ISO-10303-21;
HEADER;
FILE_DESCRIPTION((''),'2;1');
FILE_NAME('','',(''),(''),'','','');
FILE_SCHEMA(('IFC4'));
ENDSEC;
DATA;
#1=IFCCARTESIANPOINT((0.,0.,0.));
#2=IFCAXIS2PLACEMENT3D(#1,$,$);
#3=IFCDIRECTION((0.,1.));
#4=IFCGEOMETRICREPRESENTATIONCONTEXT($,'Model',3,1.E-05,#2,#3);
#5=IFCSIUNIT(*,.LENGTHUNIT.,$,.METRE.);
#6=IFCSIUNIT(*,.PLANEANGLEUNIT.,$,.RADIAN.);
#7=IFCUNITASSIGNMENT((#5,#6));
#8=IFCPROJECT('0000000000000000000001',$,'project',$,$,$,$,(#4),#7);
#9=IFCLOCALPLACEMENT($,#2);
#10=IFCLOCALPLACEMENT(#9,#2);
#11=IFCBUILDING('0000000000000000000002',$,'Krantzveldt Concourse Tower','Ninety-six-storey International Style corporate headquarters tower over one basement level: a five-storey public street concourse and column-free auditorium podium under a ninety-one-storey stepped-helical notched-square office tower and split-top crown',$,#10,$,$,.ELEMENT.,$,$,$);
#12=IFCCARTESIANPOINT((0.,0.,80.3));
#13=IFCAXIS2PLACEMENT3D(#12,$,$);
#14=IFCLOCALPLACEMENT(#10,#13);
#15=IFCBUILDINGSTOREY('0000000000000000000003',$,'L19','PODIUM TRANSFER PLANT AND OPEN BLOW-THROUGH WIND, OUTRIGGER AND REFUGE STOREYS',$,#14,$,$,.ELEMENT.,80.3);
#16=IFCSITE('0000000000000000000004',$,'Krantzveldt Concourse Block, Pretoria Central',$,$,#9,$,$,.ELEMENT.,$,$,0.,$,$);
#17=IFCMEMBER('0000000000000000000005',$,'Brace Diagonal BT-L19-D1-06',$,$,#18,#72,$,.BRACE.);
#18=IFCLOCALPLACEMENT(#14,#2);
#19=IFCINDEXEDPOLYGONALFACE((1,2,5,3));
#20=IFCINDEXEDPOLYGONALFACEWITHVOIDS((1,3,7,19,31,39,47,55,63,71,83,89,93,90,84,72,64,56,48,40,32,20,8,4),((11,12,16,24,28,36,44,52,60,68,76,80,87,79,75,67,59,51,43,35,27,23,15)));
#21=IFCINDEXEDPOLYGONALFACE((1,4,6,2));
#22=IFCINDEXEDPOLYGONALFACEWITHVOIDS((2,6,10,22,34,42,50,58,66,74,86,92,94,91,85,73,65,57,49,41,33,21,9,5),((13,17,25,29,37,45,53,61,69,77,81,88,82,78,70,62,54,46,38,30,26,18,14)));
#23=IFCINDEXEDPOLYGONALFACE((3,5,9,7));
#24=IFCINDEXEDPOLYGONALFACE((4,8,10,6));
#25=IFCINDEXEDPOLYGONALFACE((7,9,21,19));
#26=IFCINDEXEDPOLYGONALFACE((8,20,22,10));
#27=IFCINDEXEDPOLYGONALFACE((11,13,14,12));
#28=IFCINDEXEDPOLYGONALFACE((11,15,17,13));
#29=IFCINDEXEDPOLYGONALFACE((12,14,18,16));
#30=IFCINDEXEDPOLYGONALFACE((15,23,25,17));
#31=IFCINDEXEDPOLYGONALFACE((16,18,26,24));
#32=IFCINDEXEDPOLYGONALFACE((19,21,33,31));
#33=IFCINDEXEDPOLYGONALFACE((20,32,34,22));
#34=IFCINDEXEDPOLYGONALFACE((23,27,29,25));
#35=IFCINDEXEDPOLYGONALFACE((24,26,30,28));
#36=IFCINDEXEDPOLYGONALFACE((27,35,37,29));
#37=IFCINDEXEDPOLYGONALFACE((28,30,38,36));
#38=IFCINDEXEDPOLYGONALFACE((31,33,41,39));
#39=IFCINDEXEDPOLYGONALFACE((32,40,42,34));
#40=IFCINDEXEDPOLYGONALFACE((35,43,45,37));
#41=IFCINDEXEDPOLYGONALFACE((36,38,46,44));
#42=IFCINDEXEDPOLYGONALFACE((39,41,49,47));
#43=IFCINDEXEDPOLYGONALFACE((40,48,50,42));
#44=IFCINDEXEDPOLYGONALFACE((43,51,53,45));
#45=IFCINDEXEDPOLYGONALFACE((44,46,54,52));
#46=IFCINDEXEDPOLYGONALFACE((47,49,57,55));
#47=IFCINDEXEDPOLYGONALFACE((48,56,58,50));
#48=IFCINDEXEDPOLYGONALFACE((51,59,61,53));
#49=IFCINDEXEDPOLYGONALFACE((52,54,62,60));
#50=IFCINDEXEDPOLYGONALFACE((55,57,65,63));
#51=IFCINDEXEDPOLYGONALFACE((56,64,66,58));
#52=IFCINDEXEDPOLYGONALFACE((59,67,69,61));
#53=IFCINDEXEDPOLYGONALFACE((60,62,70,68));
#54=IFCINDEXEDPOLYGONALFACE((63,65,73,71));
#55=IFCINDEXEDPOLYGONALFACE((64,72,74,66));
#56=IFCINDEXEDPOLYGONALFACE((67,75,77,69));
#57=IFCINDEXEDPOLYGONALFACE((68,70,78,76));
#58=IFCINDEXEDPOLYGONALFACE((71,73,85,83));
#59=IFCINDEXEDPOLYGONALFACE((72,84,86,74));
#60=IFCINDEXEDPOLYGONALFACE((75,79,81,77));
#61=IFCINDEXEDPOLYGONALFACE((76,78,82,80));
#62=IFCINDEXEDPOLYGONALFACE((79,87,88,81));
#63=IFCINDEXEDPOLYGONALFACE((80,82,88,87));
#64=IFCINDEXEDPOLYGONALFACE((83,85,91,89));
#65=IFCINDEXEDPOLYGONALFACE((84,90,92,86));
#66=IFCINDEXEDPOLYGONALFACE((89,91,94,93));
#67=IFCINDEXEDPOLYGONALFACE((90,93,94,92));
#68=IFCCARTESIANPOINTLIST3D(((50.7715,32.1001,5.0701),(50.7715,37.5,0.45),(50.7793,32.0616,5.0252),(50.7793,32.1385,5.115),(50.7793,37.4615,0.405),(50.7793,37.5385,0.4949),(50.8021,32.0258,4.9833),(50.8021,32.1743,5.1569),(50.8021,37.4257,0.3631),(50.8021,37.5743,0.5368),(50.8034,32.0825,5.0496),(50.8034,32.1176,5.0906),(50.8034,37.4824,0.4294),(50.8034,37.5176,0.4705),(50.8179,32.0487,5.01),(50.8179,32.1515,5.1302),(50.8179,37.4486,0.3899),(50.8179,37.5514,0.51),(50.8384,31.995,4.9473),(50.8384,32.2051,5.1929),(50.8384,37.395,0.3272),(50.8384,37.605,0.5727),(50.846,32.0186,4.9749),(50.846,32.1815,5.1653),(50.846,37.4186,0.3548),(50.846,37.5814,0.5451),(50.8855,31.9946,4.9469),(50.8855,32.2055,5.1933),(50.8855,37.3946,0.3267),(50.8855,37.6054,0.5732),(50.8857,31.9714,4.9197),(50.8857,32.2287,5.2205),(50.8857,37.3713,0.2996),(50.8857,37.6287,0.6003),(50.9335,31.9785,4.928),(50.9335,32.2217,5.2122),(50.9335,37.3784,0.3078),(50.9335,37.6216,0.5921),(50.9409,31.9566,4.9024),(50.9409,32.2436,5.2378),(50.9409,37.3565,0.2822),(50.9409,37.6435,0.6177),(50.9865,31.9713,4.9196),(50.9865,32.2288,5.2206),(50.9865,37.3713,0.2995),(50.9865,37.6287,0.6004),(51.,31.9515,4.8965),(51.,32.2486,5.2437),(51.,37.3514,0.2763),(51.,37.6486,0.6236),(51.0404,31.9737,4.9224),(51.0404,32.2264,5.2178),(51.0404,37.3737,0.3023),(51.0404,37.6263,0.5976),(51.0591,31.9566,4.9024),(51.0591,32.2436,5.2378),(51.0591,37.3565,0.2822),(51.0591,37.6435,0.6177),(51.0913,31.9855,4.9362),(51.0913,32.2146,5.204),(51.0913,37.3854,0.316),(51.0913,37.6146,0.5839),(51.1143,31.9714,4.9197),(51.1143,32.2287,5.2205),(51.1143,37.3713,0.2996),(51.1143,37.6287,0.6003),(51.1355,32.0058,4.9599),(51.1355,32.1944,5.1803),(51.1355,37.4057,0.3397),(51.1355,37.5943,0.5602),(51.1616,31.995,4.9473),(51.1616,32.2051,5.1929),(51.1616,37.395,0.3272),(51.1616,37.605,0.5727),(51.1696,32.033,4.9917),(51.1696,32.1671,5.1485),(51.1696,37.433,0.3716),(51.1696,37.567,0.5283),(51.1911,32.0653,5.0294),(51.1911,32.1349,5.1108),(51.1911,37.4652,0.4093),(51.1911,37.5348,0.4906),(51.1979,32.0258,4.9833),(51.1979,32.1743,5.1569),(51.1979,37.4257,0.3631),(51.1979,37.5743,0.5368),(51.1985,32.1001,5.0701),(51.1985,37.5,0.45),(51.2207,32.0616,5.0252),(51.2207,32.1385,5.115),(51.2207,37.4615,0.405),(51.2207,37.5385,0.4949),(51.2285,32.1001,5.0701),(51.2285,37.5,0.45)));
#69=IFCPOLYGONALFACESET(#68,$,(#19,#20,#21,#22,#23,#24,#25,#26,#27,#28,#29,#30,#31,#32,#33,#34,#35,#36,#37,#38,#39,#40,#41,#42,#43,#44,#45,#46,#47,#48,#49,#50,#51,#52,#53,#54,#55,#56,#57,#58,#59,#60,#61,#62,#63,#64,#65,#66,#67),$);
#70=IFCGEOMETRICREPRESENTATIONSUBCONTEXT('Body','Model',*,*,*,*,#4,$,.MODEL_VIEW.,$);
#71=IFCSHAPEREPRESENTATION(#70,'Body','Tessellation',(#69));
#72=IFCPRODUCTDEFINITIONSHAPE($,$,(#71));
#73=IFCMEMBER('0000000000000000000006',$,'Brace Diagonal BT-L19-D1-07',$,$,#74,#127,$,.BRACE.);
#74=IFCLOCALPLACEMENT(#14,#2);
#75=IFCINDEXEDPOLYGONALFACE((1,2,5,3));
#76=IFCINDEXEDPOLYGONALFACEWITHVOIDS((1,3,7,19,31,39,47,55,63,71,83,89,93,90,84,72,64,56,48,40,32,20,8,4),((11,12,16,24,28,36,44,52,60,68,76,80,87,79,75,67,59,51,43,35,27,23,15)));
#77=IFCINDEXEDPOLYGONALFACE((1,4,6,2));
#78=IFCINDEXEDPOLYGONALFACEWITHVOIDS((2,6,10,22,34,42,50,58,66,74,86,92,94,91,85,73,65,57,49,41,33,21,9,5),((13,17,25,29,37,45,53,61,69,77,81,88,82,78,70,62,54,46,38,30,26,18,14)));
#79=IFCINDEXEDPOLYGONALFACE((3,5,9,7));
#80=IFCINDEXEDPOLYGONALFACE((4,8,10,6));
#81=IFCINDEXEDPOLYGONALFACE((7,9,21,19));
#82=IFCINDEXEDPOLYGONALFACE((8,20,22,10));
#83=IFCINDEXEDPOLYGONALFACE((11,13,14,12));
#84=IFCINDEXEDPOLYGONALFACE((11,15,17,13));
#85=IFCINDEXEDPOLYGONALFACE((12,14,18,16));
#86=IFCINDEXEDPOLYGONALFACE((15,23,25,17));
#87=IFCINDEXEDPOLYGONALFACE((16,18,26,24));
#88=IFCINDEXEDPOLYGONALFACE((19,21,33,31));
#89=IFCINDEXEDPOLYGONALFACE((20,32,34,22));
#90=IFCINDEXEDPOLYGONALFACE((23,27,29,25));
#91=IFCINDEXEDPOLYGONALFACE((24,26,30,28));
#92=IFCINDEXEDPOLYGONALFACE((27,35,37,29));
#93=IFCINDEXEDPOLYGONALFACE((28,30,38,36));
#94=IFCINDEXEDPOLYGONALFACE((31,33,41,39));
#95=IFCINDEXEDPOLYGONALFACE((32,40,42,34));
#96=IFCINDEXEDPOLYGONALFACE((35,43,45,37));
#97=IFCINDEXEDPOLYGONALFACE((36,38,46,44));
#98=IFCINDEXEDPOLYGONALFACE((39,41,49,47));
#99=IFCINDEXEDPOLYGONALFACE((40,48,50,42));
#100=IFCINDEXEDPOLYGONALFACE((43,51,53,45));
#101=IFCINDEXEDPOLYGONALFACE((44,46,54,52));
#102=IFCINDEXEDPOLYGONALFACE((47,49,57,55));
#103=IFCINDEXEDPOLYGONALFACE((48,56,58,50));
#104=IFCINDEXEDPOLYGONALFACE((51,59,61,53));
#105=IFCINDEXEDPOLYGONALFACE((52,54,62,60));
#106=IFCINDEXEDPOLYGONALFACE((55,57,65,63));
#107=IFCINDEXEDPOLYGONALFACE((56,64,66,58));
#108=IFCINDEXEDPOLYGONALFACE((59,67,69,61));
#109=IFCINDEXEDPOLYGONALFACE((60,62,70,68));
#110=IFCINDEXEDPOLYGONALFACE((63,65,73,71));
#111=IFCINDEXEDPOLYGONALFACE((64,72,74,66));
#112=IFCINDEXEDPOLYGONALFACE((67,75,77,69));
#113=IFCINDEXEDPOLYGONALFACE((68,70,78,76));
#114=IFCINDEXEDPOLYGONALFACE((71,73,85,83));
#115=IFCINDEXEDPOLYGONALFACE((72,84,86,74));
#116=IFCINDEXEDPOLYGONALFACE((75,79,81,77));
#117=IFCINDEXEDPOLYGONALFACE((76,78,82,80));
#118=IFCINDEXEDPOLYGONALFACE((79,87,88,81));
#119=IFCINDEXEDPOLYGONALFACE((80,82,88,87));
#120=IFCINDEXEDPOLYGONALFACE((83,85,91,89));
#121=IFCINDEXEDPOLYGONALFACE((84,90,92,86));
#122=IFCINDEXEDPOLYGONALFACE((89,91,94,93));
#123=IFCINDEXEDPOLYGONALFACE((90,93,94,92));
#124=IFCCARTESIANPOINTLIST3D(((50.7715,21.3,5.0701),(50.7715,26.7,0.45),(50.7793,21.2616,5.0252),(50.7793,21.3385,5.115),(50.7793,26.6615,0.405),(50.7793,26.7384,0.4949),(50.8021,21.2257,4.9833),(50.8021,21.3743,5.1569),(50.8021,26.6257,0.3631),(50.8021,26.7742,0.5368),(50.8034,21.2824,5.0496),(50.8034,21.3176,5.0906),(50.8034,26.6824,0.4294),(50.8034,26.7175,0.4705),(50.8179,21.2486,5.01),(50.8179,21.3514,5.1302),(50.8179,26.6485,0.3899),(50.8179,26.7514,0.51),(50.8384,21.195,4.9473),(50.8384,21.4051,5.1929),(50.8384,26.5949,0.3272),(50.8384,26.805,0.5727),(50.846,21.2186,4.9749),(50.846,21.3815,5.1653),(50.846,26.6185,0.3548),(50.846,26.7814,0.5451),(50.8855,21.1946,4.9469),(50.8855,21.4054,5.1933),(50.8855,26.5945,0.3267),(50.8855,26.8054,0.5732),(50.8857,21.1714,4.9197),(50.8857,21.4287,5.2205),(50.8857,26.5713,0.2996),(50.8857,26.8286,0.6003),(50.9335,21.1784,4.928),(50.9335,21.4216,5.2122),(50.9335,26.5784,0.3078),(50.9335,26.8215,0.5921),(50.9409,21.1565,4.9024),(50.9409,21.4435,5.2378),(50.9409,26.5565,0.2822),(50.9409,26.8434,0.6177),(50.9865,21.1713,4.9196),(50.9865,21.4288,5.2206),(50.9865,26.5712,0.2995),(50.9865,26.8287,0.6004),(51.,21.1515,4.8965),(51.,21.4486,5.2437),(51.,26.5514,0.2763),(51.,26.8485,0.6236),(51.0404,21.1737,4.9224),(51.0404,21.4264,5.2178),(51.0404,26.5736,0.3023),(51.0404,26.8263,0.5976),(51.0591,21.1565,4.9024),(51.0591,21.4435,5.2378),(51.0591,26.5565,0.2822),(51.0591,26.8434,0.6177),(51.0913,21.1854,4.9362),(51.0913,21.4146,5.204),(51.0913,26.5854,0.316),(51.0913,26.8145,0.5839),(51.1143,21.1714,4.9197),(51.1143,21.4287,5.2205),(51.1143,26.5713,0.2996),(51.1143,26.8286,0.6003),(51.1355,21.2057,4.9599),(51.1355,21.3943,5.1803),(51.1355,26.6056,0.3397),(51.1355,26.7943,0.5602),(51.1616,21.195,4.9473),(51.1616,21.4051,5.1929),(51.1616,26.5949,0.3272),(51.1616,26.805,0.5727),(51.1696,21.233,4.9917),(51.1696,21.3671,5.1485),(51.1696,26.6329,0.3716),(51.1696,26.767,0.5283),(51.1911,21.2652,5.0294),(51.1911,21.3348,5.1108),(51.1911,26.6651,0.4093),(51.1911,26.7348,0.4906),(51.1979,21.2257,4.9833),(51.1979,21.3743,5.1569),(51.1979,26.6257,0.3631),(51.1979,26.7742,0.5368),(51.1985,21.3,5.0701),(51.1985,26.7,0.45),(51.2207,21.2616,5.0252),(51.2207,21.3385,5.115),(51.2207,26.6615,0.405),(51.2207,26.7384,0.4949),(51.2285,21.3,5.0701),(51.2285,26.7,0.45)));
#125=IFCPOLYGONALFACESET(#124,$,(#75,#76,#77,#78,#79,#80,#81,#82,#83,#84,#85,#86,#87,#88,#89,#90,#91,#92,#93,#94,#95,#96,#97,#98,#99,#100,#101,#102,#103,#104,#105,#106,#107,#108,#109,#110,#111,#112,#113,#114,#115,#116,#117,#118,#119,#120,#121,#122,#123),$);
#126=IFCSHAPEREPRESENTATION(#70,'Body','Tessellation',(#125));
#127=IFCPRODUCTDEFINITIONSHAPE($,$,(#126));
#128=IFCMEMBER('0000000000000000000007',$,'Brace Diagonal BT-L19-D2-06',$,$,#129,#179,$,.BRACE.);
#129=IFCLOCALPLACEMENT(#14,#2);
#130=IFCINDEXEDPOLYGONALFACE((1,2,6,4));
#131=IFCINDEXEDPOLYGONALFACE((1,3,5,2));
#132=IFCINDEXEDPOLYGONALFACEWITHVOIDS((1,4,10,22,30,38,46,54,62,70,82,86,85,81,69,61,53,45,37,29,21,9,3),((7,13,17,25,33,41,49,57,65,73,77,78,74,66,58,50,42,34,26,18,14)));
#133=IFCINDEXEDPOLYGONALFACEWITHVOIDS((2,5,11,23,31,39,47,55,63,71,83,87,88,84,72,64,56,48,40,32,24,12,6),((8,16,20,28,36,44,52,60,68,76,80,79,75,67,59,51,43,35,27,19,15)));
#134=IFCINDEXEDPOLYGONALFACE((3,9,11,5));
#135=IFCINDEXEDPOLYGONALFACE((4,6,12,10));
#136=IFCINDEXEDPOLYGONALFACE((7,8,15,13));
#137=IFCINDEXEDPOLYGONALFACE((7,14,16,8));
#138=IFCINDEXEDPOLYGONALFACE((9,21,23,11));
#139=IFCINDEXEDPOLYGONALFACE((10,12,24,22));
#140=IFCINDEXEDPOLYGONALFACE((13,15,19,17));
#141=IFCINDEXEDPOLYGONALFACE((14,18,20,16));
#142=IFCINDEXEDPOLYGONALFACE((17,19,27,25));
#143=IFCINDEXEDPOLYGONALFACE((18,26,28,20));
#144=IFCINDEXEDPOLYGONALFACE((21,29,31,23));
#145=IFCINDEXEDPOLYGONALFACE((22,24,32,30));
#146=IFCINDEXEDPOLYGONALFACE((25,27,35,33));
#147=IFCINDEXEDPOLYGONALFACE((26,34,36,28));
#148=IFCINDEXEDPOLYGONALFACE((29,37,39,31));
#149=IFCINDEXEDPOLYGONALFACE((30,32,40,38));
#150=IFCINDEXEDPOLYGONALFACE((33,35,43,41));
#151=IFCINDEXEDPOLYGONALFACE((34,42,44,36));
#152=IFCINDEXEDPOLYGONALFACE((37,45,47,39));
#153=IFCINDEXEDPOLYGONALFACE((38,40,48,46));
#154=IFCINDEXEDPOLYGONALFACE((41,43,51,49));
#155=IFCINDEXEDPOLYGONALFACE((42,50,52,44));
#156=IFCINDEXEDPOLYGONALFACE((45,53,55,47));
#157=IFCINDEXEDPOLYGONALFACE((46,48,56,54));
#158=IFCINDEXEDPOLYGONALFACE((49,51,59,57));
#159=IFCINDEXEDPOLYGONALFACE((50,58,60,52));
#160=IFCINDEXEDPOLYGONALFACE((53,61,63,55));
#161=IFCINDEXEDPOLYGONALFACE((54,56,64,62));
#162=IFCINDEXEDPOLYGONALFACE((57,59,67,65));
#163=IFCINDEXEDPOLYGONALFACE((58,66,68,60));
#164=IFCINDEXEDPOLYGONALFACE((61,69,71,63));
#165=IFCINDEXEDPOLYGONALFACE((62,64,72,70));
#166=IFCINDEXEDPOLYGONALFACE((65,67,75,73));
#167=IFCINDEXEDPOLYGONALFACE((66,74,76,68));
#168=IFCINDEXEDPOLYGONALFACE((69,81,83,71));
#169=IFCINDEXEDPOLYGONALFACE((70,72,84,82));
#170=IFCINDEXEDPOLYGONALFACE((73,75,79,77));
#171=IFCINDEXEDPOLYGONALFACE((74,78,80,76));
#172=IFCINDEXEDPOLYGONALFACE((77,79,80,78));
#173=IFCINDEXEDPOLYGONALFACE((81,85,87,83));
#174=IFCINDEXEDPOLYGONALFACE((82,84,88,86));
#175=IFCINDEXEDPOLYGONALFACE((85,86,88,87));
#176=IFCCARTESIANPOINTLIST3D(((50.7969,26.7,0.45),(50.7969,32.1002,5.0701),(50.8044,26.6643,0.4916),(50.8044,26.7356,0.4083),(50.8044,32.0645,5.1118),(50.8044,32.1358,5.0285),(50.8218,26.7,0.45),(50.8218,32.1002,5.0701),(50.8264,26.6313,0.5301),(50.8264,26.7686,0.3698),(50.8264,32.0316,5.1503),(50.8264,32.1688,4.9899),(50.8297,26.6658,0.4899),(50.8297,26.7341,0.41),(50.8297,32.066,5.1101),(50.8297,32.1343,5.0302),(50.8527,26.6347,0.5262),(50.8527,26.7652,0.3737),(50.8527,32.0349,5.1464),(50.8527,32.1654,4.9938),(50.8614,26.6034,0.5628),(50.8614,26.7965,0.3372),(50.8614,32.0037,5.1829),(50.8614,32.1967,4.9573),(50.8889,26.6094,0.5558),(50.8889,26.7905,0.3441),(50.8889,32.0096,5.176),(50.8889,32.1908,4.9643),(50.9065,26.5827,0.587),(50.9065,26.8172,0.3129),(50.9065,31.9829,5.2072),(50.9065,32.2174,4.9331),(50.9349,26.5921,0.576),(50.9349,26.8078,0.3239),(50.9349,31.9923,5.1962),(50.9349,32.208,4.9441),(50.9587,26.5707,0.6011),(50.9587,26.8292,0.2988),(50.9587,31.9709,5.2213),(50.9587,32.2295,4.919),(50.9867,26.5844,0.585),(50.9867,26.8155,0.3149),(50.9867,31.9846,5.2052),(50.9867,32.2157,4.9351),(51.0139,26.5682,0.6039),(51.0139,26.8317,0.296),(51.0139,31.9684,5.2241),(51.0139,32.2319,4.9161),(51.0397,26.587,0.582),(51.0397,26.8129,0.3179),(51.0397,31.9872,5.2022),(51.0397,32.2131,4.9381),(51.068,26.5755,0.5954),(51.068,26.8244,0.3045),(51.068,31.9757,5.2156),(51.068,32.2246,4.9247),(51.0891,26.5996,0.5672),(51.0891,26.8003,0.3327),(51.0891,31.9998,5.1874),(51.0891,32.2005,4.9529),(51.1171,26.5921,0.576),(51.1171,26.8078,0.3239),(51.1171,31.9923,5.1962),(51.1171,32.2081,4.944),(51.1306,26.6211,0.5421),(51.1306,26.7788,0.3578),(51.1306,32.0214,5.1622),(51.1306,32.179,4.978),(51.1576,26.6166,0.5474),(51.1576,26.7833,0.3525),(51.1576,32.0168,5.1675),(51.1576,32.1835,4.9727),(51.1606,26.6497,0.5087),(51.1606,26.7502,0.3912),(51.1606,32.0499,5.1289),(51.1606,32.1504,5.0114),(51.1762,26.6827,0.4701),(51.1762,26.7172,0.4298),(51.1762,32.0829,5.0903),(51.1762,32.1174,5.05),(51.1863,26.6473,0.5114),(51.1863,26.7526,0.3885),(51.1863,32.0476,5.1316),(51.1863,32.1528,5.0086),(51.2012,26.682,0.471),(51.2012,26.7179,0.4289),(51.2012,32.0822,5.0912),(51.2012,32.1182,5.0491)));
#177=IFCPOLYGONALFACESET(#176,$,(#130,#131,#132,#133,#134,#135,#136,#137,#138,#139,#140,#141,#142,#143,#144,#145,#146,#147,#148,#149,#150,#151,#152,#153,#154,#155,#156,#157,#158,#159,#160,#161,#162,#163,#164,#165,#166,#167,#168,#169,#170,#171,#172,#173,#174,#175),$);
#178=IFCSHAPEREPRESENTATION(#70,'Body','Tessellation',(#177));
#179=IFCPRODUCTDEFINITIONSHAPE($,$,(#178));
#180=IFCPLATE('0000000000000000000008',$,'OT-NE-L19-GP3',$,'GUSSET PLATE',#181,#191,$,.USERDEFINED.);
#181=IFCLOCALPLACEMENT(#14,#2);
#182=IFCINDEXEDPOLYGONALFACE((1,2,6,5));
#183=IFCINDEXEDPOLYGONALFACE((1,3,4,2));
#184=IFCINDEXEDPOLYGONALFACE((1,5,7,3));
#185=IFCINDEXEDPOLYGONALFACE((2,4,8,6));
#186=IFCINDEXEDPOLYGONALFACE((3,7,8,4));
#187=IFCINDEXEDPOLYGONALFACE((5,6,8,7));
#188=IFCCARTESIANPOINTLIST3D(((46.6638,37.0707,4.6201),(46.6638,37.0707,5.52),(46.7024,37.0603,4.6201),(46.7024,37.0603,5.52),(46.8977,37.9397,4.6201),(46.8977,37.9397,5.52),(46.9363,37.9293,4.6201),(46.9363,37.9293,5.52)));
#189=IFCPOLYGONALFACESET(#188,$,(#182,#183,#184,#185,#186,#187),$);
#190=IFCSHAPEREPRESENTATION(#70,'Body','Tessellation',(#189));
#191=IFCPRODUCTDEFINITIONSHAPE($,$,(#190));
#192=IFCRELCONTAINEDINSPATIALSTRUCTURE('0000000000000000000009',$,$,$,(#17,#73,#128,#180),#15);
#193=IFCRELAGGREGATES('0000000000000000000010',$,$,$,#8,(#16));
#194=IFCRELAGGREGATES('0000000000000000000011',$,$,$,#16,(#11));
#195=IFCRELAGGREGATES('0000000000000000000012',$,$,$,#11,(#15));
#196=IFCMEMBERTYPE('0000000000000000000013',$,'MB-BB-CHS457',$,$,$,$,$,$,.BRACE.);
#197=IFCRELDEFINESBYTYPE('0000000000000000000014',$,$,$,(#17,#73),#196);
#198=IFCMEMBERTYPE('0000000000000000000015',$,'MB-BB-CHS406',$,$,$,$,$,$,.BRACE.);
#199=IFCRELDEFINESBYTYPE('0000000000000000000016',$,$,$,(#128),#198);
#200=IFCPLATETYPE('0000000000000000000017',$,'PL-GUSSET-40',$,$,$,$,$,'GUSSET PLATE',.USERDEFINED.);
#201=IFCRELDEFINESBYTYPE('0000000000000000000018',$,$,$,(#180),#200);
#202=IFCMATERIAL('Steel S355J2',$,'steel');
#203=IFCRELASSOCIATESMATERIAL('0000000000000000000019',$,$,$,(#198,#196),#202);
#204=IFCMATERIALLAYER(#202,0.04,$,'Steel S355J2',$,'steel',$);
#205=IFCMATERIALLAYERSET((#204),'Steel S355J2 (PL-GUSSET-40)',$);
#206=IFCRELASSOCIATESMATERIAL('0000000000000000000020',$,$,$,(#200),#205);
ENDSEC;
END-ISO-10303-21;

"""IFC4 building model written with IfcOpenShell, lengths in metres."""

from ifc_helpers import new_model, si_unit, direction, frame, origin, origin_2d, place, context, subcontext, project, spatial, rectangle, hollow_circle, extrude, source, transform, mapped, material, layer, layer_set, material_profile, profile_set, type_object, type_shapes, element, save


model = new_model("IFC4")

# Units and contexts
model_context = context("Model", 3, precision=1e-05, world=origin(), true_north=direction((0.0, 1.0)))
body_context = subcontext(model_context, "Body", "Model", "MODEL_VIEW")
ifc_project = project(units=[si_unit("LENGTHUNIT", "METRE"), si_unit("PLANEANGLEUNIT", "RADIAN")], contexts=[model_context])

# Site, building, storey
site_placement = place(None, origin())
site = spatial("IfcSite", under=ifc_project, at=site_placement, Name="Krantzveldt Concourse Block, Pretoria Central", CompositionType="ELEMENT", RefElevation=0.0)
building_placement = place(site_placement, origin())
building = spatial("IfcBuilding", under=site, at=building_placement, Name="Krantzveldt Concourse Tower", Description="Ninety-six-storey International Style corporate headquarters tower over one basement level: a five-storey public street concourse and column-free auditorium podium under a ninety-one-storey stepped-helical notched-square office tower and split-top crown", CompositionType="ELEMENT")
storey_placement = place(building_placement, frame((0.0, 0.0, 80.3)))
storey = spatial("IfcBuildingStorey", under=building, at=storey_placement, Name="L19", Description="PODIUM TRANSFER PLANT AND OPEN BLOW-THROUGH WIND, OUTRIGGER AND REFUGE STOREYS", CompositionType="ELEMENT", Elevation=80.3)

# Members
ifc_material_1 = material(Name="Steel S355J2", Category="steel")
ifc_material_profile_1 = material_profile(ifc_material_1, hollow_circle(Radius=0.2031, WallThickness=0.0249, at=origin_2d()), Name="Steel S355J2", Category="steel")
ifc_profile_set_1 = profile_set([ifc_material_profile_1], Name="Steel S355J2 - CHS 406.4x25")
member_type_1 = type_object("IfcMemberType", Name="MB-BB-CHS406", PredefinedType="BRACE", material=ifc_profile_set_1)
ifc_material_profile_2 = material_profile(ifc_material_1, hollow_circle(Radius=0.2285, WallThickness=0.03, at=origin_2d()), Name="Steel S355J2", Category="steel")
ifc_profile_set_2 = profile_set([ifc_material_profile_2], Name="Steel S355J2 - CHS 457x30")
member_type_2 = type_object("IfcMemberType", Name="MB-BB-CHS457", PredefinedType="BRACE", material=ifc_profile_set_2)
shared_shape_1 = source(origin(), body_context, "Body", "SweptSolid", [
    extrude(hollow_circle(Radius=0.2285, WallThickness=0.03, at=origin_2d()), origin(), (0.0, 0.0, 1.0), 7.1067),
])
type_shapes(member_type_2, [shared_shape_1])
for number, where, z_axis, x_axis, name in (
    (1, (51.0, 37.5, 0.45), (0.0, -0.759838, 0.650112), (1.0, 0.0, 0.0), "Brace Diagonal BT-L19-D1-06"),
    (2, (51.0, 26.7, 0.45), (0.0, -0.759838, 0.650112), (1.0, 0.0, 0.0), "Brace Diagonal BT-L19-D1-07"),
):
    element("IfcMember", number, at=place(storey_placement, frame(where, z_axis=z_axis, x_axis=x_axis)), inside=storey, type_object=member_type_2, Name=name, PredefinedType="BRACE", context=body_context, shape_type="MappedRepresentation", body=[
        mapped(shared_shape_1, transform((0.0, 0.0, 0.0), x_axis=(1.0, 0.0, 0.0), y_axis=(0.0, 1.0, 0.0), z_axis=(0.0, 0.0, 1.0), scale=1.0)),
    ])
shared_shape_2 = source(origin(), body_context, "Body", "SweptSolid", [
    extrude(hollow_circle(Radius=0.2031, WallThickness=0.0249, at=origin_2d()), origin(), (0.0, 0.0, 1.0), 7.1069),
])
member_1_placement = place(storey_placement, frame((51.0, 26.7, 0.45), z_axis=(0.0, 0.759853, 0.650095), x_axis=(-1.0, 0.0, 0.0)))
element("IfcMember", 3, at=member_1_placement, inside=storey, type_object=member_type_1, Name="Brace Diagonal BT-L19-D2-06", PredefinedType="BRACE", context=body_context, shape_type="MappedRepresentation", body=[
    mapped(shared_shape_2, transform((0.0, 0.0, 0.0), x_axis=(1.0, 0.0, 0.0), y_axis=(0.0, 1.0, 0.0), z_axis=(0.0, 0.0, 1.0), scale=1.0)),
])

# Plate
ifc_layer_1 = layer(ifc_material_1, 0.04, Name="Steel S355J2", Category="steel")
ifc_layer_set_1 = layer_set([ifc_layer_1], Name="Steel S355J2 (PL-GUSSET-40)")
plate_type_1 = type_object("IfcPlateType", Name="PL-GUSSET-40", ElementType="GUSSET PLATE", PredefinedType="USERDEFINED", material=ifc_layer_set_1)
shared_shape_3 = source(origin(), body_context, "Body", "SweptSolid", [
    extrude(rectangle(XDim=0.8999, YDim=0.04, at=origin_2d()), origin(), (0.0, 0.0, 1.0), 0.8999),
])
type_shapes(plate_type_1, [shared_shape_3])
plate_1_placement = place(storey_placement, frame((46.8, 37.5, 4.6201), z_axis=(0.0, 0.0, 1.0), x_axis=(0.259915, 0.965632, 0.0)))
element("IfcPlate", 4, at=plate_1_placement, inside=storey, type_object=plate_type_1, Name="OT-NE-L19-GP3", ObjectType="GUSSET PLATE", PredefinedType="USERDEFINED", context=body_context, shape_type="MappedRepresentation", body=[
    mapped(shared_shape_3, transform((0.0, 0.0, 0.0), x_axis=(1.0, 0.0, 0.0), y_axis=(0.0, 1.0, 0.0), z_axis=(0.0, 0.0, 1.0), scale=1.0)),
])

save(model, "model.ifc")
